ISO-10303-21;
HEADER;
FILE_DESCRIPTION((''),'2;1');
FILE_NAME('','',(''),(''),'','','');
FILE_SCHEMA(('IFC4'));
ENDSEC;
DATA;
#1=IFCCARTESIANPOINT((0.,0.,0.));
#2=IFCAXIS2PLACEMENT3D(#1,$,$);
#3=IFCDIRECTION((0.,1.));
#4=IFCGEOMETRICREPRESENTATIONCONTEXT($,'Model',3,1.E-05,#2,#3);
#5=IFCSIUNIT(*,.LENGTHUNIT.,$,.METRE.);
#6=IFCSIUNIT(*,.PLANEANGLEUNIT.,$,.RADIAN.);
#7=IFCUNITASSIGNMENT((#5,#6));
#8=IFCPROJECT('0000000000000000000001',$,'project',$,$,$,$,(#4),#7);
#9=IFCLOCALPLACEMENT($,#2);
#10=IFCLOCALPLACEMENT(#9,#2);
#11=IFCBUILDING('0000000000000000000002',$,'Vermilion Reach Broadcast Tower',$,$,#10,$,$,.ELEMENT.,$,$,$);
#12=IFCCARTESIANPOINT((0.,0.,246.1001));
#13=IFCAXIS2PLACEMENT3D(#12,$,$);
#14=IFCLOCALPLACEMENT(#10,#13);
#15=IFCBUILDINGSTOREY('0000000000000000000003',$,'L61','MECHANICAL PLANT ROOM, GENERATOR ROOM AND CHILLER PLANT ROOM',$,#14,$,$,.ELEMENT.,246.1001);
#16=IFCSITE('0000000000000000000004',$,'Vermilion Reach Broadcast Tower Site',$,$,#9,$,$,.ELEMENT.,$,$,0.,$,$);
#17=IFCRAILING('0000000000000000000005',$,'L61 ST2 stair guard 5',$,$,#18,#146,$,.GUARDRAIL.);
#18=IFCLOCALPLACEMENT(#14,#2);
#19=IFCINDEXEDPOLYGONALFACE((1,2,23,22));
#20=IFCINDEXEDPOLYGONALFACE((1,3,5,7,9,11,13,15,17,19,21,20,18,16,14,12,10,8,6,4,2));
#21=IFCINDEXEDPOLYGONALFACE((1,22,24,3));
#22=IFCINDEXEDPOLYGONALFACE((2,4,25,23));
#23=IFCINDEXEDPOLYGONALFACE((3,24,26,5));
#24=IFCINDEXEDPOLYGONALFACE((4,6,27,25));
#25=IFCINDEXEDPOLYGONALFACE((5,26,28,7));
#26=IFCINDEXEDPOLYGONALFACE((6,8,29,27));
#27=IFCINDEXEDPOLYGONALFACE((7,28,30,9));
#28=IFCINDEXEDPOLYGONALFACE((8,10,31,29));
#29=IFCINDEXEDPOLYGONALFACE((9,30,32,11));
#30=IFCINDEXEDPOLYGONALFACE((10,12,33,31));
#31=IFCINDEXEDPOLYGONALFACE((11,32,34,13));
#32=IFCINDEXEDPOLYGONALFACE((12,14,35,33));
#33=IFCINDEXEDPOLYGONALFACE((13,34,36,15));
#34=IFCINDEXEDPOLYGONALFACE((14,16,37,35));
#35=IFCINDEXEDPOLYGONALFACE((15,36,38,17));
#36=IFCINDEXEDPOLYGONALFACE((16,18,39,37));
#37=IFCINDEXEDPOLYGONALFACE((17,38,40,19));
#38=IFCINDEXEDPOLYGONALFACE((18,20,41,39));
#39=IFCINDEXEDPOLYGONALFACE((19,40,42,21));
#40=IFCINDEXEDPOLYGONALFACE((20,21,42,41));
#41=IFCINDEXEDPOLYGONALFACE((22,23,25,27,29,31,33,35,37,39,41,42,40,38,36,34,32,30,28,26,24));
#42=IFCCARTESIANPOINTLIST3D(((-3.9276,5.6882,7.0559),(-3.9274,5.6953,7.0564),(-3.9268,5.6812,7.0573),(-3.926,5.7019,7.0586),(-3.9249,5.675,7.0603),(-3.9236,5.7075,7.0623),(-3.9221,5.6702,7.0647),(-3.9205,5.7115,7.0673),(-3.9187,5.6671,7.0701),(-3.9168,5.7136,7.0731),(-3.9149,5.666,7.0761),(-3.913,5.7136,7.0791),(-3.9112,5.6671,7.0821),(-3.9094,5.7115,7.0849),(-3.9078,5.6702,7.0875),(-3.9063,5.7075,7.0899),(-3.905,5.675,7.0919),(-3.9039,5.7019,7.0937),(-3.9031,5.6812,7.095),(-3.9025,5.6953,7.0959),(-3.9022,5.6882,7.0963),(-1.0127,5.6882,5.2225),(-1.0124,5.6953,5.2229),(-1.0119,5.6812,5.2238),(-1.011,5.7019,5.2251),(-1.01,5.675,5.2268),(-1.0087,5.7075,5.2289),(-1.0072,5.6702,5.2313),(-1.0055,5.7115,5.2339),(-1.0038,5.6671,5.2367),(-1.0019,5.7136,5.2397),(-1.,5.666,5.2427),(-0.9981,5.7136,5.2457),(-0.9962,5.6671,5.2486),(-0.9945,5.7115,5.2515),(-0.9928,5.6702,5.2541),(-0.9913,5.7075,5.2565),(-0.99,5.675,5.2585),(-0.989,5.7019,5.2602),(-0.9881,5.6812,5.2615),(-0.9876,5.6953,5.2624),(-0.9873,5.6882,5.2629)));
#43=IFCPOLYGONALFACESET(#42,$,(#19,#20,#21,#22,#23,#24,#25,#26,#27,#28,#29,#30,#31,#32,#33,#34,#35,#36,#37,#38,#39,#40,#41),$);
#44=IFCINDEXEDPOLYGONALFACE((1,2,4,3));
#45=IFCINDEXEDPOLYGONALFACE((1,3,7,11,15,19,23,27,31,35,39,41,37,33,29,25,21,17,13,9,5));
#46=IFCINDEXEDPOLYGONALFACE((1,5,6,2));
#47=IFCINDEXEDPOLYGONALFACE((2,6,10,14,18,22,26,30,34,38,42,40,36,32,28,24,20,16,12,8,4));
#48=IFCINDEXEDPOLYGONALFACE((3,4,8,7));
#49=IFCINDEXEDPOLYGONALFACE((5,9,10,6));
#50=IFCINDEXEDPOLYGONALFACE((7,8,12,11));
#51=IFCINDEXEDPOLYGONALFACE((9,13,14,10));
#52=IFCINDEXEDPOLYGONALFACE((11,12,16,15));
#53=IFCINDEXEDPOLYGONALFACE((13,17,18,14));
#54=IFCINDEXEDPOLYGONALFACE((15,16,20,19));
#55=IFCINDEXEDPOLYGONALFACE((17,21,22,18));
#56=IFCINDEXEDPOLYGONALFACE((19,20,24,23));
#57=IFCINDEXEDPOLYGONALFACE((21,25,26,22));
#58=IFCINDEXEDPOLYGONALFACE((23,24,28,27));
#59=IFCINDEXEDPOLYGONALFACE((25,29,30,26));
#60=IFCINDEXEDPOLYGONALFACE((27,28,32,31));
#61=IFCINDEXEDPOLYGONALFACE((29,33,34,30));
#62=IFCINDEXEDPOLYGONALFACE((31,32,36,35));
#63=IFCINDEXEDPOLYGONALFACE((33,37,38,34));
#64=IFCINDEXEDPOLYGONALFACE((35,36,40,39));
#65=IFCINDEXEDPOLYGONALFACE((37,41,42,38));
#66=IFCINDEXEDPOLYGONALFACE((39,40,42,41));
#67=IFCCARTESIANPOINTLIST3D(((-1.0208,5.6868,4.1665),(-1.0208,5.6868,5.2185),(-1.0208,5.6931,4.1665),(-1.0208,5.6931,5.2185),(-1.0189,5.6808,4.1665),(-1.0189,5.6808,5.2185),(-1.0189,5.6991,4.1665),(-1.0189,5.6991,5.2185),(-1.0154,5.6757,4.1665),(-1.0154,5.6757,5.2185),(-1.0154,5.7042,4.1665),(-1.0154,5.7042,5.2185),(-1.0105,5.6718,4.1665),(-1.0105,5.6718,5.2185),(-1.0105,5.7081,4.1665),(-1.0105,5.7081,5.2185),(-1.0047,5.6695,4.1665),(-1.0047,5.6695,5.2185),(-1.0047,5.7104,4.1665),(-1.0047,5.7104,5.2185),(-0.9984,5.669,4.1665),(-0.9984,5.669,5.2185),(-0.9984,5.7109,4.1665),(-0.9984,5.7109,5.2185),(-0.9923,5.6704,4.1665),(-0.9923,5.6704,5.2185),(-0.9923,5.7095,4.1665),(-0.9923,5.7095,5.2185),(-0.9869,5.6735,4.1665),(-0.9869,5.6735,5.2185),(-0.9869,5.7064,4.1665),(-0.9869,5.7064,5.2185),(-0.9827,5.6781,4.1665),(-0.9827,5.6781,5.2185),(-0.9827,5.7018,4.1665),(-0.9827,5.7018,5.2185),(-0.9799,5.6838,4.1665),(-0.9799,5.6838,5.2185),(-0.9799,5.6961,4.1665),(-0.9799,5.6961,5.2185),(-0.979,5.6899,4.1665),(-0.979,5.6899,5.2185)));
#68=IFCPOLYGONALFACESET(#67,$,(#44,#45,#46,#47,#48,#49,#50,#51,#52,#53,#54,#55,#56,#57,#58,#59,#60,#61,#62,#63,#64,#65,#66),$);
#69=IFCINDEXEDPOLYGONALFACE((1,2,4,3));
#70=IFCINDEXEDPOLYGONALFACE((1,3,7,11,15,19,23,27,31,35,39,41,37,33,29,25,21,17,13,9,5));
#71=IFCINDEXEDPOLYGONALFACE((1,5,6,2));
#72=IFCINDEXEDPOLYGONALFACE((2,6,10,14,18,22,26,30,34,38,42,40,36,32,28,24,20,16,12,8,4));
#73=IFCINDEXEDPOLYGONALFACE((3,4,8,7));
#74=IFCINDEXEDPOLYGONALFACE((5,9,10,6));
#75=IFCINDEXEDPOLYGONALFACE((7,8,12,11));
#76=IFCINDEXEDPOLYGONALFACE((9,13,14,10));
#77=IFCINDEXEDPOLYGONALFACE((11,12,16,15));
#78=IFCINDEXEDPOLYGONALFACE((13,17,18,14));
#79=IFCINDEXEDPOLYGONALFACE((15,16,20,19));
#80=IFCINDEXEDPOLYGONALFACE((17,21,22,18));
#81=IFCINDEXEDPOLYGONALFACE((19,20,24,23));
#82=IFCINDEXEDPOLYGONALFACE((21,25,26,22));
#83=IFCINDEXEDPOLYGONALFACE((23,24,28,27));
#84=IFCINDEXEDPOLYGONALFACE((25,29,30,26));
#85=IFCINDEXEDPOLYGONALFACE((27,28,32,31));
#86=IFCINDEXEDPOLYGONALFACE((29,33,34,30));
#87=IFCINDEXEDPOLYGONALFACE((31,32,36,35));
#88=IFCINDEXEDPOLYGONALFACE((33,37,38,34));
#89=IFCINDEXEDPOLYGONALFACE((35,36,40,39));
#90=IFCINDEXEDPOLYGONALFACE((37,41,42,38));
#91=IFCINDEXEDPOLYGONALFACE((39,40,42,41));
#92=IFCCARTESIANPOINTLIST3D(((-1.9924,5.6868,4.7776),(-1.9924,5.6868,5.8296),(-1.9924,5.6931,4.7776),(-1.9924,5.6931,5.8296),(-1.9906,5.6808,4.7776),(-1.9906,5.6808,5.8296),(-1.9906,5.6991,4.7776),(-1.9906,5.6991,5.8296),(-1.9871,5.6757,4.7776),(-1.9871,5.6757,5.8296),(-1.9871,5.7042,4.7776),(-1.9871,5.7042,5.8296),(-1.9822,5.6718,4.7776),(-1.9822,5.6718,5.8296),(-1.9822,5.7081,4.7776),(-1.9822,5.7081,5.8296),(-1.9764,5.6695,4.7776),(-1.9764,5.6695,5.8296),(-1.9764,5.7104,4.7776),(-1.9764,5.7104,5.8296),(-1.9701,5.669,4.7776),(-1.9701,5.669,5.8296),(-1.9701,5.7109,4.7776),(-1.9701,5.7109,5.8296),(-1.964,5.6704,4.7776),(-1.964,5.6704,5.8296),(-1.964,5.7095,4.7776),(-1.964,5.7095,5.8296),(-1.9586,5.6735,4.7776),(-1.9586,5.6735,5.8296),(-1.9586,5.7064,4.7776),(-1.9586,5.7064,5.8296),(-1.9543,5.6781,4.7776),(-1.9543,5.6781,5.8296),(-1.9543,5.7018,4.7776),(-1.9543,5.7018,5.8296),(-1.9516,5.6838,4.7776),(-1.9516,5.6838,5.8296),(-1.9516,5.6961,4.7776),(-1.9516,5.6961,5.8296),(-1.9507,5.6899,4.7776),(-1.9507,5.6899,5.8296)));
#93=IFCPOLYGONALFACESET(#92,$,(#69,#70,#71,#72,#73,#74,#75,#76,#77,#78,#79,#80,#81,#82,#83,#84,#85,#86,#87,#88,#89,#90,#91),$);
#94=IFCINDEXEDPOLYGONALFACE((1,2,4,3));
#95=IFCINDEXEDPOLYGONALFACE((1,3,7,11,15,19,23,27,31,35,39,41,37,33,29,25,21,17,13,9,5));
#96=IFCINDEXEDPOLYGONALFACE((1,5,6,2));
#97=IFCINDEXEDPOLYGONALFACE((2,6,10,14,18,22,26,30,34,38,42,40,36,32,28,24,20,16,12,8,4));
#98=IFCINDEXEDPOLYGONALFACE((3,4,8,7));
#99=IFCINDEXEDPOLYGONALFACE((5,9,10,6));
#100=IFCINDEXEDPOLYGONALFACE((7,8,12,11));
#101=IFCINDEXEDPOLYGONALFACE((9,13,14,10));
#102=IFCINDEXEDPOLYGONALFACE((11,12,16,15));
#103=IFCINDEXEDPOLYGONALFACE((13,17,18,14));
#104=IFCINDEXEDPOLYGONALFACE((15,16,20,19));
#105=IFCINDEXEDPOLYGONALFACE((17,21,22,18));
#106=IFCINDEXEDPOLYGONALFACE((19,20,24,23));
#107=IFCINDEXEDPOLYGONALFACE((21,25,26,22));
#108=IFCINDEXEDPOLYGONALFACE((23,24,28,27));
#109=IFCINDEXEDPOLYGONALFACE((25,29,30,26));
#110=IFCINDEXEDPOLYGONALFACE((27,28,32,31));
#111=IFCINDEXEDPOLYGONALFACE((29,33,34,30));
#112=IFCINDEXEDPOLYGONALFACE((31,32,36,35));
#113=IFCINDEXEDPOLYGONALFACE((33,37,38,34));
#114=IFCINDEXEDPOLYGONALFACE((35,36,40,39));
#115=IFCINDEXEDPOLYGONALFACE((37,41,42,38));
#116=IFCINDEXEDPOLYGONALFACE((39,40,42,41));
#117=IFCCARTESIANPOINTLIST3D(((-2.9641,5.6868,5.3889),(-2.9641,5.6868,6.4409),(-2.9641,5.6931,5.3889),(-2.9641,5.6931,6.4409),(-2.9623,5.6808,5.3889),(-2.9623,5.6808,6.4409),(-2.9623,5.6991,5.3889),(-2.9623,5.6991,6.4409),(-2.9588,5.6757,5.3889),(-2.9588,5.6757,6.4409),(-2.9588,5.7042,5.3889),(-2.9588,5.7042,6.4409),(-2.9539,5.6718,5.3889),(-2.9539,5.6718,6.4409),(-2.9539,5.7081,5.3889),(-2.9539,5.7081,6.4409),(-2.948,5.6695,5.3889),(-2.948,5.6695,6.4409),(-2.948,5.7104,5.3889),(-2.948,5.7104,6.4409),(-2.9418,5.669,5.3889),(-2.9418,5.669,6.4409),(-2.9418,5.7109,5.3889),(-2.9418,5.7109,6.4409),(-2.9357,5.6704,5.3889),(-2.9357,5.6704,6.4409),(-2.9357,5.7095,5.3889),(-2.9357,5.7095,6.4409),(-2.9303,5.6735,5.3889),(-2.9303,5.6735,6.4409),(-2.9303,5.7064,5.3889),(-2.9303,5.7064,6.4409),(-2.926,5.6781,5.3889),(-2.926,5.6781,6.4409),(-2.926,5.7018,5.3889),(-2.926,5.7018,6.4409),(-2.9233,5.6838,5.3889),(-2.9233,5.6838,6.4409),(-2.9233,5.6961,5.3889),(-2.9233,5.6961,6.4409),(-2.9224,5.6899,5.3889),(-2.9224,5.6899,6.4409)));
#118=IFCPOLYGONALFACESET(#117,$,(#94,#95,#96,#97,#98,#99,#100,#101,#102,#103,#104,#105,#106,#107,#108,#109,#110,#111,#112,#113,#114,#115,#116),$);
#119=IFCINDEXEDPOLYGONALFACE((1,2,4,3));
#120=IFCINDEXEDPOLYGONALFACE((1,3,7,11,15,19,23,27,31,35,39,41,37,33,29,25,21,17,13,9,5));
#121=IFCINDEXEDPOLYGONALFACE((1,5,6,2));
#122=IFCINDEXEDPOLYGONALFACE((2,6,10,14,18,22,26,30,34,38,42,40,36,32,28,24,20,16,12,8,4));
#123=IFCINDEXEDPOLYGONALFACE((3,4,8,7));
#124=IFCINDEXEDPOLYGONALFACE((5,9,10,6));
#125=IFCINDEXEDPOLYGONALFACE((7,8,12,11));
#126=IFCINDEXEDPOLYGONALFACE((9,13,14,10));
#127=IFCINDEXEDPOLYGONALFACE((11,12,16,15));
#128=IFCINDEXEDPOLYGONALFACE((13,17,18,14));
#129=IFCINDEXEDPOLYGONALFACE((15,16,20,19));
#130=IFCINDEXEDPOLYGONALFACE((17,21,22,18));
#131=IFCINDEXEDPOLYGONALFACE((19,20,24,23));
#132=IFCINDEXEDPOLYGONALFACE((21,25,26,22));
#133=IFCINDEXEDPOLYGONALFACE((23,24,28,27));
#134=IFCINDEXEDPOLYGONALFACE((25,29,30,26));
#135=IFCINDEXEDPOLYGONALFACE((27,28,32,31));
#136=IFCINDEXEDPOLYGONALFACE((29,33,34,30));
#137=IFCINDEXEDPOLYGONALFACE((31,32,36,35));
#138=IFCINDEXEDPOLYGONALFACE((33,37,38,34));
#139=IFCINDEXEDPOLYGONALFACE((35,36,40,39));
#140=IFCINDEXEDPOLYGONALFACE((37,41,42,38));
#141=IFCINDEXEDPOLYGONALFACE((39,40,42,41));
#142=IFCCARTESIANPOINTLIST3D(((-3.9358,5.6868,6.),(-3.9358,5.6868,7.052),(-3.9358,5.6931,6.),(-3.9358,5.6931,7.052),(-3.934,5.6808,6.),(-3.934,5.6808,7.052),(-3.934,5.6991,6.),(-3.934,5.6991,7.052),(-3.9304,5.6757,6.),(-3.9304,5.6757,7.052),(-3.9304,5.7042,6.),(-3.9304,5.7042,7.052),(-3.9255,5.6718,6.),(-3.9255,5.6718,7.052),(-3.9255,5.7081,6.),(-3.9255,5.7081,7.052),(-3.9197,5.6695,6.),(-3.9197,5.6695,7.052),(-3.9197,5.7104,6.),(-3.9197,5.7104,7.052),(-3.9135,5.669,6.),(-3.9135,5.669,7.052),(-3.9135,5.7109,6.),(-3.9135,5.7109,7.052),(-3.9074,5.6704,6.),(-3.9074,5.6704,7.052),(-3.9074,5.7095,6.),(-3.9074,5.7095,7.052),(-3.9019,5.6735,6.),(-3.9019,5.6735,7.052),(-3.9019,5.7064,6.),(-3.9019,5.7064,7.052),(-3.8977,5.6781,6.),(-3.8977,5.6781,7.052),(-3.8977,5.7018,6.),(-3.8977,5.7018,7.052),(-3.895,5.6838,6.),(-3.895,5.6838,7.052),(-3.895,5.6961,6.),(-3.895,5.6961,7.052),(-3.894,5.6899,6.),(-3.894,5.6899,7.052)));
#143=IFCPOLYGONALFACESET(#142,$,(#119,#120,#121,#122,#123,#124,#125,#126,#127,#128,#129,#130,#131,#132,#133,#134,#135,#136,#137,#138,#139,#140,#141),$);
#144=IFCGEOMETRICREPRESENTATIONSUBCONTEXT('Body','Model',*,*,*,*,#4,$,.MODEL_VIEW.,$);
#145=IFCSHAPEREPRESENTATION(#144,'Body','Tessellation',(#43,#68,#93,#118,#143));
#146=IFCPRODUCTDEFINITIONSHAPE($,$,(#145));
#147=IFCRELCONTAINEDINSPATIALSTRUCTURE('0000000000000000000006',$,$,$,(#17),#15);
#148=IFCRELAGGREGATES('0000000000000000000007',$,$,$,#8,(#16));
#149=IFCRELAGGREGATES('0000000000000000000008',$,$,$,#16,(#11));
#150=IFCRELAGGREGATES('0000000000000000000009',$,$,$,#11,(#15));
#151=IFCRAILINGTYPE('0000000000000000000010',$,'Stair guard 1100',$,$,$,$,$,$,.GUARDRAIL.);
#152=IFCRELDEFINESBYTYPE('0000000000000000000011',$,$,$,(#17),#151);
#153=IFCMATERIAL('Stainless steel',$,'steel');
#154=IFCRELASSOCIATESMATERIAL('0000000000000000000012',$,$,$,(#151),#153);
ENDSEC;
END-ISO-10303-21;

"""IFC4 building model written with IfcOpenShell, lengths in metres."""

from ifc_helpers import new_model, si_unit, direction, frame, origin, origin_2d, place, context, subcontext, project, spatial, circle, extrude, material, type_object, element, save


model = new_model("IFC4")

# Units and contexts
model_context = context("Model", 3, precision=1e-05, world=origin(), true_north=direction((0.0, 1.0)))
body_context = subcontext(model_context, "Body", "Model", "MODEL_VIEW")
ifc_project = project(units=[si_unit("LENGTHUNIT", "METRE"), si_unit("PLANEANGLEUNIT", "RADIAN")], contexts=[model_context])

# Site, building, storey
site_placement = place(None, origin())
site = spatial("IfcSite", under=ifc_project, at=site_placement, Name="Vermilion Reach Broadcast Tower Site", CompositionType="ELEMENT", RefElevation=0.0)
building_placement = place(site_placement, origin())
building = spatial("IfcBuilding", under=site, at=building_placement, Name="Vermilion Reach Broadcast Tower", CompositionType="ELEMENT")
storey_placement = place(building_placement, frame((0.0, 0.0, 246.1001)))
storey = spatial("IfcBuildingStorey", under=building, at=storey_placement, Name="L61", Description="MECHANICAL PLANT ROOM, GENERATOR ROOM AND CHILLER PLANT ROOM", CompositionType="ELEMENT", Elevation=246.1001)

# Railing
ifc_material_1 = material(Name="Stainless steel", Category="steel")
railing_type_1 = type_object("IfcRailingType", Name="Stair guard 1100", PredefinedType="GUARDRAIL", material=ifc_material_1)
railing_1_placement = place(storey_placement, frame((-1.0, 5.6899, 4.1665)))
element("IfcRailing", 1, at=railing_1_placement, inside=storey, type_object=railing_type_1, Name="L61 ST2 stair guard 5", PredefinedType="GUARDRAIL", context=body_context, shape_type="SweptSolid", body=[
    extrude(circle(Radius=0.0239, at=origin_2d()), frame((0.0, 0.0, 1.0762), z_axis=(-0.846481, 0.0, 0.532418), x_axis=(0.0, -1.0, 0.0)), (0.0, 0.0, 1.0), 3.4436),
    extrude(circle(Radius=0.021, at=origin_2d()), origin(), (0.0, 0.0, 1.0), 1.052),
    extrude(circle(Radius=0.021, at=origin_2d()), frame((-0.9717, 0.0, 0.6111)), (0.0, 0.0, 1.0), 1.052),
    extrude(circle(Radius=0.021, at=origin_2d()), frame((-1.9434, 0.0, 1.2224)), (0.0, 0.0, 1.0), 1.052),
    extrude(circle(Radius=0.021, at=origin_2d()), frame((-2.915, 0.0, 1.8335)), (0.0, 0.0, 1.0), 1.052),
])

save(model, "model.ifc")
